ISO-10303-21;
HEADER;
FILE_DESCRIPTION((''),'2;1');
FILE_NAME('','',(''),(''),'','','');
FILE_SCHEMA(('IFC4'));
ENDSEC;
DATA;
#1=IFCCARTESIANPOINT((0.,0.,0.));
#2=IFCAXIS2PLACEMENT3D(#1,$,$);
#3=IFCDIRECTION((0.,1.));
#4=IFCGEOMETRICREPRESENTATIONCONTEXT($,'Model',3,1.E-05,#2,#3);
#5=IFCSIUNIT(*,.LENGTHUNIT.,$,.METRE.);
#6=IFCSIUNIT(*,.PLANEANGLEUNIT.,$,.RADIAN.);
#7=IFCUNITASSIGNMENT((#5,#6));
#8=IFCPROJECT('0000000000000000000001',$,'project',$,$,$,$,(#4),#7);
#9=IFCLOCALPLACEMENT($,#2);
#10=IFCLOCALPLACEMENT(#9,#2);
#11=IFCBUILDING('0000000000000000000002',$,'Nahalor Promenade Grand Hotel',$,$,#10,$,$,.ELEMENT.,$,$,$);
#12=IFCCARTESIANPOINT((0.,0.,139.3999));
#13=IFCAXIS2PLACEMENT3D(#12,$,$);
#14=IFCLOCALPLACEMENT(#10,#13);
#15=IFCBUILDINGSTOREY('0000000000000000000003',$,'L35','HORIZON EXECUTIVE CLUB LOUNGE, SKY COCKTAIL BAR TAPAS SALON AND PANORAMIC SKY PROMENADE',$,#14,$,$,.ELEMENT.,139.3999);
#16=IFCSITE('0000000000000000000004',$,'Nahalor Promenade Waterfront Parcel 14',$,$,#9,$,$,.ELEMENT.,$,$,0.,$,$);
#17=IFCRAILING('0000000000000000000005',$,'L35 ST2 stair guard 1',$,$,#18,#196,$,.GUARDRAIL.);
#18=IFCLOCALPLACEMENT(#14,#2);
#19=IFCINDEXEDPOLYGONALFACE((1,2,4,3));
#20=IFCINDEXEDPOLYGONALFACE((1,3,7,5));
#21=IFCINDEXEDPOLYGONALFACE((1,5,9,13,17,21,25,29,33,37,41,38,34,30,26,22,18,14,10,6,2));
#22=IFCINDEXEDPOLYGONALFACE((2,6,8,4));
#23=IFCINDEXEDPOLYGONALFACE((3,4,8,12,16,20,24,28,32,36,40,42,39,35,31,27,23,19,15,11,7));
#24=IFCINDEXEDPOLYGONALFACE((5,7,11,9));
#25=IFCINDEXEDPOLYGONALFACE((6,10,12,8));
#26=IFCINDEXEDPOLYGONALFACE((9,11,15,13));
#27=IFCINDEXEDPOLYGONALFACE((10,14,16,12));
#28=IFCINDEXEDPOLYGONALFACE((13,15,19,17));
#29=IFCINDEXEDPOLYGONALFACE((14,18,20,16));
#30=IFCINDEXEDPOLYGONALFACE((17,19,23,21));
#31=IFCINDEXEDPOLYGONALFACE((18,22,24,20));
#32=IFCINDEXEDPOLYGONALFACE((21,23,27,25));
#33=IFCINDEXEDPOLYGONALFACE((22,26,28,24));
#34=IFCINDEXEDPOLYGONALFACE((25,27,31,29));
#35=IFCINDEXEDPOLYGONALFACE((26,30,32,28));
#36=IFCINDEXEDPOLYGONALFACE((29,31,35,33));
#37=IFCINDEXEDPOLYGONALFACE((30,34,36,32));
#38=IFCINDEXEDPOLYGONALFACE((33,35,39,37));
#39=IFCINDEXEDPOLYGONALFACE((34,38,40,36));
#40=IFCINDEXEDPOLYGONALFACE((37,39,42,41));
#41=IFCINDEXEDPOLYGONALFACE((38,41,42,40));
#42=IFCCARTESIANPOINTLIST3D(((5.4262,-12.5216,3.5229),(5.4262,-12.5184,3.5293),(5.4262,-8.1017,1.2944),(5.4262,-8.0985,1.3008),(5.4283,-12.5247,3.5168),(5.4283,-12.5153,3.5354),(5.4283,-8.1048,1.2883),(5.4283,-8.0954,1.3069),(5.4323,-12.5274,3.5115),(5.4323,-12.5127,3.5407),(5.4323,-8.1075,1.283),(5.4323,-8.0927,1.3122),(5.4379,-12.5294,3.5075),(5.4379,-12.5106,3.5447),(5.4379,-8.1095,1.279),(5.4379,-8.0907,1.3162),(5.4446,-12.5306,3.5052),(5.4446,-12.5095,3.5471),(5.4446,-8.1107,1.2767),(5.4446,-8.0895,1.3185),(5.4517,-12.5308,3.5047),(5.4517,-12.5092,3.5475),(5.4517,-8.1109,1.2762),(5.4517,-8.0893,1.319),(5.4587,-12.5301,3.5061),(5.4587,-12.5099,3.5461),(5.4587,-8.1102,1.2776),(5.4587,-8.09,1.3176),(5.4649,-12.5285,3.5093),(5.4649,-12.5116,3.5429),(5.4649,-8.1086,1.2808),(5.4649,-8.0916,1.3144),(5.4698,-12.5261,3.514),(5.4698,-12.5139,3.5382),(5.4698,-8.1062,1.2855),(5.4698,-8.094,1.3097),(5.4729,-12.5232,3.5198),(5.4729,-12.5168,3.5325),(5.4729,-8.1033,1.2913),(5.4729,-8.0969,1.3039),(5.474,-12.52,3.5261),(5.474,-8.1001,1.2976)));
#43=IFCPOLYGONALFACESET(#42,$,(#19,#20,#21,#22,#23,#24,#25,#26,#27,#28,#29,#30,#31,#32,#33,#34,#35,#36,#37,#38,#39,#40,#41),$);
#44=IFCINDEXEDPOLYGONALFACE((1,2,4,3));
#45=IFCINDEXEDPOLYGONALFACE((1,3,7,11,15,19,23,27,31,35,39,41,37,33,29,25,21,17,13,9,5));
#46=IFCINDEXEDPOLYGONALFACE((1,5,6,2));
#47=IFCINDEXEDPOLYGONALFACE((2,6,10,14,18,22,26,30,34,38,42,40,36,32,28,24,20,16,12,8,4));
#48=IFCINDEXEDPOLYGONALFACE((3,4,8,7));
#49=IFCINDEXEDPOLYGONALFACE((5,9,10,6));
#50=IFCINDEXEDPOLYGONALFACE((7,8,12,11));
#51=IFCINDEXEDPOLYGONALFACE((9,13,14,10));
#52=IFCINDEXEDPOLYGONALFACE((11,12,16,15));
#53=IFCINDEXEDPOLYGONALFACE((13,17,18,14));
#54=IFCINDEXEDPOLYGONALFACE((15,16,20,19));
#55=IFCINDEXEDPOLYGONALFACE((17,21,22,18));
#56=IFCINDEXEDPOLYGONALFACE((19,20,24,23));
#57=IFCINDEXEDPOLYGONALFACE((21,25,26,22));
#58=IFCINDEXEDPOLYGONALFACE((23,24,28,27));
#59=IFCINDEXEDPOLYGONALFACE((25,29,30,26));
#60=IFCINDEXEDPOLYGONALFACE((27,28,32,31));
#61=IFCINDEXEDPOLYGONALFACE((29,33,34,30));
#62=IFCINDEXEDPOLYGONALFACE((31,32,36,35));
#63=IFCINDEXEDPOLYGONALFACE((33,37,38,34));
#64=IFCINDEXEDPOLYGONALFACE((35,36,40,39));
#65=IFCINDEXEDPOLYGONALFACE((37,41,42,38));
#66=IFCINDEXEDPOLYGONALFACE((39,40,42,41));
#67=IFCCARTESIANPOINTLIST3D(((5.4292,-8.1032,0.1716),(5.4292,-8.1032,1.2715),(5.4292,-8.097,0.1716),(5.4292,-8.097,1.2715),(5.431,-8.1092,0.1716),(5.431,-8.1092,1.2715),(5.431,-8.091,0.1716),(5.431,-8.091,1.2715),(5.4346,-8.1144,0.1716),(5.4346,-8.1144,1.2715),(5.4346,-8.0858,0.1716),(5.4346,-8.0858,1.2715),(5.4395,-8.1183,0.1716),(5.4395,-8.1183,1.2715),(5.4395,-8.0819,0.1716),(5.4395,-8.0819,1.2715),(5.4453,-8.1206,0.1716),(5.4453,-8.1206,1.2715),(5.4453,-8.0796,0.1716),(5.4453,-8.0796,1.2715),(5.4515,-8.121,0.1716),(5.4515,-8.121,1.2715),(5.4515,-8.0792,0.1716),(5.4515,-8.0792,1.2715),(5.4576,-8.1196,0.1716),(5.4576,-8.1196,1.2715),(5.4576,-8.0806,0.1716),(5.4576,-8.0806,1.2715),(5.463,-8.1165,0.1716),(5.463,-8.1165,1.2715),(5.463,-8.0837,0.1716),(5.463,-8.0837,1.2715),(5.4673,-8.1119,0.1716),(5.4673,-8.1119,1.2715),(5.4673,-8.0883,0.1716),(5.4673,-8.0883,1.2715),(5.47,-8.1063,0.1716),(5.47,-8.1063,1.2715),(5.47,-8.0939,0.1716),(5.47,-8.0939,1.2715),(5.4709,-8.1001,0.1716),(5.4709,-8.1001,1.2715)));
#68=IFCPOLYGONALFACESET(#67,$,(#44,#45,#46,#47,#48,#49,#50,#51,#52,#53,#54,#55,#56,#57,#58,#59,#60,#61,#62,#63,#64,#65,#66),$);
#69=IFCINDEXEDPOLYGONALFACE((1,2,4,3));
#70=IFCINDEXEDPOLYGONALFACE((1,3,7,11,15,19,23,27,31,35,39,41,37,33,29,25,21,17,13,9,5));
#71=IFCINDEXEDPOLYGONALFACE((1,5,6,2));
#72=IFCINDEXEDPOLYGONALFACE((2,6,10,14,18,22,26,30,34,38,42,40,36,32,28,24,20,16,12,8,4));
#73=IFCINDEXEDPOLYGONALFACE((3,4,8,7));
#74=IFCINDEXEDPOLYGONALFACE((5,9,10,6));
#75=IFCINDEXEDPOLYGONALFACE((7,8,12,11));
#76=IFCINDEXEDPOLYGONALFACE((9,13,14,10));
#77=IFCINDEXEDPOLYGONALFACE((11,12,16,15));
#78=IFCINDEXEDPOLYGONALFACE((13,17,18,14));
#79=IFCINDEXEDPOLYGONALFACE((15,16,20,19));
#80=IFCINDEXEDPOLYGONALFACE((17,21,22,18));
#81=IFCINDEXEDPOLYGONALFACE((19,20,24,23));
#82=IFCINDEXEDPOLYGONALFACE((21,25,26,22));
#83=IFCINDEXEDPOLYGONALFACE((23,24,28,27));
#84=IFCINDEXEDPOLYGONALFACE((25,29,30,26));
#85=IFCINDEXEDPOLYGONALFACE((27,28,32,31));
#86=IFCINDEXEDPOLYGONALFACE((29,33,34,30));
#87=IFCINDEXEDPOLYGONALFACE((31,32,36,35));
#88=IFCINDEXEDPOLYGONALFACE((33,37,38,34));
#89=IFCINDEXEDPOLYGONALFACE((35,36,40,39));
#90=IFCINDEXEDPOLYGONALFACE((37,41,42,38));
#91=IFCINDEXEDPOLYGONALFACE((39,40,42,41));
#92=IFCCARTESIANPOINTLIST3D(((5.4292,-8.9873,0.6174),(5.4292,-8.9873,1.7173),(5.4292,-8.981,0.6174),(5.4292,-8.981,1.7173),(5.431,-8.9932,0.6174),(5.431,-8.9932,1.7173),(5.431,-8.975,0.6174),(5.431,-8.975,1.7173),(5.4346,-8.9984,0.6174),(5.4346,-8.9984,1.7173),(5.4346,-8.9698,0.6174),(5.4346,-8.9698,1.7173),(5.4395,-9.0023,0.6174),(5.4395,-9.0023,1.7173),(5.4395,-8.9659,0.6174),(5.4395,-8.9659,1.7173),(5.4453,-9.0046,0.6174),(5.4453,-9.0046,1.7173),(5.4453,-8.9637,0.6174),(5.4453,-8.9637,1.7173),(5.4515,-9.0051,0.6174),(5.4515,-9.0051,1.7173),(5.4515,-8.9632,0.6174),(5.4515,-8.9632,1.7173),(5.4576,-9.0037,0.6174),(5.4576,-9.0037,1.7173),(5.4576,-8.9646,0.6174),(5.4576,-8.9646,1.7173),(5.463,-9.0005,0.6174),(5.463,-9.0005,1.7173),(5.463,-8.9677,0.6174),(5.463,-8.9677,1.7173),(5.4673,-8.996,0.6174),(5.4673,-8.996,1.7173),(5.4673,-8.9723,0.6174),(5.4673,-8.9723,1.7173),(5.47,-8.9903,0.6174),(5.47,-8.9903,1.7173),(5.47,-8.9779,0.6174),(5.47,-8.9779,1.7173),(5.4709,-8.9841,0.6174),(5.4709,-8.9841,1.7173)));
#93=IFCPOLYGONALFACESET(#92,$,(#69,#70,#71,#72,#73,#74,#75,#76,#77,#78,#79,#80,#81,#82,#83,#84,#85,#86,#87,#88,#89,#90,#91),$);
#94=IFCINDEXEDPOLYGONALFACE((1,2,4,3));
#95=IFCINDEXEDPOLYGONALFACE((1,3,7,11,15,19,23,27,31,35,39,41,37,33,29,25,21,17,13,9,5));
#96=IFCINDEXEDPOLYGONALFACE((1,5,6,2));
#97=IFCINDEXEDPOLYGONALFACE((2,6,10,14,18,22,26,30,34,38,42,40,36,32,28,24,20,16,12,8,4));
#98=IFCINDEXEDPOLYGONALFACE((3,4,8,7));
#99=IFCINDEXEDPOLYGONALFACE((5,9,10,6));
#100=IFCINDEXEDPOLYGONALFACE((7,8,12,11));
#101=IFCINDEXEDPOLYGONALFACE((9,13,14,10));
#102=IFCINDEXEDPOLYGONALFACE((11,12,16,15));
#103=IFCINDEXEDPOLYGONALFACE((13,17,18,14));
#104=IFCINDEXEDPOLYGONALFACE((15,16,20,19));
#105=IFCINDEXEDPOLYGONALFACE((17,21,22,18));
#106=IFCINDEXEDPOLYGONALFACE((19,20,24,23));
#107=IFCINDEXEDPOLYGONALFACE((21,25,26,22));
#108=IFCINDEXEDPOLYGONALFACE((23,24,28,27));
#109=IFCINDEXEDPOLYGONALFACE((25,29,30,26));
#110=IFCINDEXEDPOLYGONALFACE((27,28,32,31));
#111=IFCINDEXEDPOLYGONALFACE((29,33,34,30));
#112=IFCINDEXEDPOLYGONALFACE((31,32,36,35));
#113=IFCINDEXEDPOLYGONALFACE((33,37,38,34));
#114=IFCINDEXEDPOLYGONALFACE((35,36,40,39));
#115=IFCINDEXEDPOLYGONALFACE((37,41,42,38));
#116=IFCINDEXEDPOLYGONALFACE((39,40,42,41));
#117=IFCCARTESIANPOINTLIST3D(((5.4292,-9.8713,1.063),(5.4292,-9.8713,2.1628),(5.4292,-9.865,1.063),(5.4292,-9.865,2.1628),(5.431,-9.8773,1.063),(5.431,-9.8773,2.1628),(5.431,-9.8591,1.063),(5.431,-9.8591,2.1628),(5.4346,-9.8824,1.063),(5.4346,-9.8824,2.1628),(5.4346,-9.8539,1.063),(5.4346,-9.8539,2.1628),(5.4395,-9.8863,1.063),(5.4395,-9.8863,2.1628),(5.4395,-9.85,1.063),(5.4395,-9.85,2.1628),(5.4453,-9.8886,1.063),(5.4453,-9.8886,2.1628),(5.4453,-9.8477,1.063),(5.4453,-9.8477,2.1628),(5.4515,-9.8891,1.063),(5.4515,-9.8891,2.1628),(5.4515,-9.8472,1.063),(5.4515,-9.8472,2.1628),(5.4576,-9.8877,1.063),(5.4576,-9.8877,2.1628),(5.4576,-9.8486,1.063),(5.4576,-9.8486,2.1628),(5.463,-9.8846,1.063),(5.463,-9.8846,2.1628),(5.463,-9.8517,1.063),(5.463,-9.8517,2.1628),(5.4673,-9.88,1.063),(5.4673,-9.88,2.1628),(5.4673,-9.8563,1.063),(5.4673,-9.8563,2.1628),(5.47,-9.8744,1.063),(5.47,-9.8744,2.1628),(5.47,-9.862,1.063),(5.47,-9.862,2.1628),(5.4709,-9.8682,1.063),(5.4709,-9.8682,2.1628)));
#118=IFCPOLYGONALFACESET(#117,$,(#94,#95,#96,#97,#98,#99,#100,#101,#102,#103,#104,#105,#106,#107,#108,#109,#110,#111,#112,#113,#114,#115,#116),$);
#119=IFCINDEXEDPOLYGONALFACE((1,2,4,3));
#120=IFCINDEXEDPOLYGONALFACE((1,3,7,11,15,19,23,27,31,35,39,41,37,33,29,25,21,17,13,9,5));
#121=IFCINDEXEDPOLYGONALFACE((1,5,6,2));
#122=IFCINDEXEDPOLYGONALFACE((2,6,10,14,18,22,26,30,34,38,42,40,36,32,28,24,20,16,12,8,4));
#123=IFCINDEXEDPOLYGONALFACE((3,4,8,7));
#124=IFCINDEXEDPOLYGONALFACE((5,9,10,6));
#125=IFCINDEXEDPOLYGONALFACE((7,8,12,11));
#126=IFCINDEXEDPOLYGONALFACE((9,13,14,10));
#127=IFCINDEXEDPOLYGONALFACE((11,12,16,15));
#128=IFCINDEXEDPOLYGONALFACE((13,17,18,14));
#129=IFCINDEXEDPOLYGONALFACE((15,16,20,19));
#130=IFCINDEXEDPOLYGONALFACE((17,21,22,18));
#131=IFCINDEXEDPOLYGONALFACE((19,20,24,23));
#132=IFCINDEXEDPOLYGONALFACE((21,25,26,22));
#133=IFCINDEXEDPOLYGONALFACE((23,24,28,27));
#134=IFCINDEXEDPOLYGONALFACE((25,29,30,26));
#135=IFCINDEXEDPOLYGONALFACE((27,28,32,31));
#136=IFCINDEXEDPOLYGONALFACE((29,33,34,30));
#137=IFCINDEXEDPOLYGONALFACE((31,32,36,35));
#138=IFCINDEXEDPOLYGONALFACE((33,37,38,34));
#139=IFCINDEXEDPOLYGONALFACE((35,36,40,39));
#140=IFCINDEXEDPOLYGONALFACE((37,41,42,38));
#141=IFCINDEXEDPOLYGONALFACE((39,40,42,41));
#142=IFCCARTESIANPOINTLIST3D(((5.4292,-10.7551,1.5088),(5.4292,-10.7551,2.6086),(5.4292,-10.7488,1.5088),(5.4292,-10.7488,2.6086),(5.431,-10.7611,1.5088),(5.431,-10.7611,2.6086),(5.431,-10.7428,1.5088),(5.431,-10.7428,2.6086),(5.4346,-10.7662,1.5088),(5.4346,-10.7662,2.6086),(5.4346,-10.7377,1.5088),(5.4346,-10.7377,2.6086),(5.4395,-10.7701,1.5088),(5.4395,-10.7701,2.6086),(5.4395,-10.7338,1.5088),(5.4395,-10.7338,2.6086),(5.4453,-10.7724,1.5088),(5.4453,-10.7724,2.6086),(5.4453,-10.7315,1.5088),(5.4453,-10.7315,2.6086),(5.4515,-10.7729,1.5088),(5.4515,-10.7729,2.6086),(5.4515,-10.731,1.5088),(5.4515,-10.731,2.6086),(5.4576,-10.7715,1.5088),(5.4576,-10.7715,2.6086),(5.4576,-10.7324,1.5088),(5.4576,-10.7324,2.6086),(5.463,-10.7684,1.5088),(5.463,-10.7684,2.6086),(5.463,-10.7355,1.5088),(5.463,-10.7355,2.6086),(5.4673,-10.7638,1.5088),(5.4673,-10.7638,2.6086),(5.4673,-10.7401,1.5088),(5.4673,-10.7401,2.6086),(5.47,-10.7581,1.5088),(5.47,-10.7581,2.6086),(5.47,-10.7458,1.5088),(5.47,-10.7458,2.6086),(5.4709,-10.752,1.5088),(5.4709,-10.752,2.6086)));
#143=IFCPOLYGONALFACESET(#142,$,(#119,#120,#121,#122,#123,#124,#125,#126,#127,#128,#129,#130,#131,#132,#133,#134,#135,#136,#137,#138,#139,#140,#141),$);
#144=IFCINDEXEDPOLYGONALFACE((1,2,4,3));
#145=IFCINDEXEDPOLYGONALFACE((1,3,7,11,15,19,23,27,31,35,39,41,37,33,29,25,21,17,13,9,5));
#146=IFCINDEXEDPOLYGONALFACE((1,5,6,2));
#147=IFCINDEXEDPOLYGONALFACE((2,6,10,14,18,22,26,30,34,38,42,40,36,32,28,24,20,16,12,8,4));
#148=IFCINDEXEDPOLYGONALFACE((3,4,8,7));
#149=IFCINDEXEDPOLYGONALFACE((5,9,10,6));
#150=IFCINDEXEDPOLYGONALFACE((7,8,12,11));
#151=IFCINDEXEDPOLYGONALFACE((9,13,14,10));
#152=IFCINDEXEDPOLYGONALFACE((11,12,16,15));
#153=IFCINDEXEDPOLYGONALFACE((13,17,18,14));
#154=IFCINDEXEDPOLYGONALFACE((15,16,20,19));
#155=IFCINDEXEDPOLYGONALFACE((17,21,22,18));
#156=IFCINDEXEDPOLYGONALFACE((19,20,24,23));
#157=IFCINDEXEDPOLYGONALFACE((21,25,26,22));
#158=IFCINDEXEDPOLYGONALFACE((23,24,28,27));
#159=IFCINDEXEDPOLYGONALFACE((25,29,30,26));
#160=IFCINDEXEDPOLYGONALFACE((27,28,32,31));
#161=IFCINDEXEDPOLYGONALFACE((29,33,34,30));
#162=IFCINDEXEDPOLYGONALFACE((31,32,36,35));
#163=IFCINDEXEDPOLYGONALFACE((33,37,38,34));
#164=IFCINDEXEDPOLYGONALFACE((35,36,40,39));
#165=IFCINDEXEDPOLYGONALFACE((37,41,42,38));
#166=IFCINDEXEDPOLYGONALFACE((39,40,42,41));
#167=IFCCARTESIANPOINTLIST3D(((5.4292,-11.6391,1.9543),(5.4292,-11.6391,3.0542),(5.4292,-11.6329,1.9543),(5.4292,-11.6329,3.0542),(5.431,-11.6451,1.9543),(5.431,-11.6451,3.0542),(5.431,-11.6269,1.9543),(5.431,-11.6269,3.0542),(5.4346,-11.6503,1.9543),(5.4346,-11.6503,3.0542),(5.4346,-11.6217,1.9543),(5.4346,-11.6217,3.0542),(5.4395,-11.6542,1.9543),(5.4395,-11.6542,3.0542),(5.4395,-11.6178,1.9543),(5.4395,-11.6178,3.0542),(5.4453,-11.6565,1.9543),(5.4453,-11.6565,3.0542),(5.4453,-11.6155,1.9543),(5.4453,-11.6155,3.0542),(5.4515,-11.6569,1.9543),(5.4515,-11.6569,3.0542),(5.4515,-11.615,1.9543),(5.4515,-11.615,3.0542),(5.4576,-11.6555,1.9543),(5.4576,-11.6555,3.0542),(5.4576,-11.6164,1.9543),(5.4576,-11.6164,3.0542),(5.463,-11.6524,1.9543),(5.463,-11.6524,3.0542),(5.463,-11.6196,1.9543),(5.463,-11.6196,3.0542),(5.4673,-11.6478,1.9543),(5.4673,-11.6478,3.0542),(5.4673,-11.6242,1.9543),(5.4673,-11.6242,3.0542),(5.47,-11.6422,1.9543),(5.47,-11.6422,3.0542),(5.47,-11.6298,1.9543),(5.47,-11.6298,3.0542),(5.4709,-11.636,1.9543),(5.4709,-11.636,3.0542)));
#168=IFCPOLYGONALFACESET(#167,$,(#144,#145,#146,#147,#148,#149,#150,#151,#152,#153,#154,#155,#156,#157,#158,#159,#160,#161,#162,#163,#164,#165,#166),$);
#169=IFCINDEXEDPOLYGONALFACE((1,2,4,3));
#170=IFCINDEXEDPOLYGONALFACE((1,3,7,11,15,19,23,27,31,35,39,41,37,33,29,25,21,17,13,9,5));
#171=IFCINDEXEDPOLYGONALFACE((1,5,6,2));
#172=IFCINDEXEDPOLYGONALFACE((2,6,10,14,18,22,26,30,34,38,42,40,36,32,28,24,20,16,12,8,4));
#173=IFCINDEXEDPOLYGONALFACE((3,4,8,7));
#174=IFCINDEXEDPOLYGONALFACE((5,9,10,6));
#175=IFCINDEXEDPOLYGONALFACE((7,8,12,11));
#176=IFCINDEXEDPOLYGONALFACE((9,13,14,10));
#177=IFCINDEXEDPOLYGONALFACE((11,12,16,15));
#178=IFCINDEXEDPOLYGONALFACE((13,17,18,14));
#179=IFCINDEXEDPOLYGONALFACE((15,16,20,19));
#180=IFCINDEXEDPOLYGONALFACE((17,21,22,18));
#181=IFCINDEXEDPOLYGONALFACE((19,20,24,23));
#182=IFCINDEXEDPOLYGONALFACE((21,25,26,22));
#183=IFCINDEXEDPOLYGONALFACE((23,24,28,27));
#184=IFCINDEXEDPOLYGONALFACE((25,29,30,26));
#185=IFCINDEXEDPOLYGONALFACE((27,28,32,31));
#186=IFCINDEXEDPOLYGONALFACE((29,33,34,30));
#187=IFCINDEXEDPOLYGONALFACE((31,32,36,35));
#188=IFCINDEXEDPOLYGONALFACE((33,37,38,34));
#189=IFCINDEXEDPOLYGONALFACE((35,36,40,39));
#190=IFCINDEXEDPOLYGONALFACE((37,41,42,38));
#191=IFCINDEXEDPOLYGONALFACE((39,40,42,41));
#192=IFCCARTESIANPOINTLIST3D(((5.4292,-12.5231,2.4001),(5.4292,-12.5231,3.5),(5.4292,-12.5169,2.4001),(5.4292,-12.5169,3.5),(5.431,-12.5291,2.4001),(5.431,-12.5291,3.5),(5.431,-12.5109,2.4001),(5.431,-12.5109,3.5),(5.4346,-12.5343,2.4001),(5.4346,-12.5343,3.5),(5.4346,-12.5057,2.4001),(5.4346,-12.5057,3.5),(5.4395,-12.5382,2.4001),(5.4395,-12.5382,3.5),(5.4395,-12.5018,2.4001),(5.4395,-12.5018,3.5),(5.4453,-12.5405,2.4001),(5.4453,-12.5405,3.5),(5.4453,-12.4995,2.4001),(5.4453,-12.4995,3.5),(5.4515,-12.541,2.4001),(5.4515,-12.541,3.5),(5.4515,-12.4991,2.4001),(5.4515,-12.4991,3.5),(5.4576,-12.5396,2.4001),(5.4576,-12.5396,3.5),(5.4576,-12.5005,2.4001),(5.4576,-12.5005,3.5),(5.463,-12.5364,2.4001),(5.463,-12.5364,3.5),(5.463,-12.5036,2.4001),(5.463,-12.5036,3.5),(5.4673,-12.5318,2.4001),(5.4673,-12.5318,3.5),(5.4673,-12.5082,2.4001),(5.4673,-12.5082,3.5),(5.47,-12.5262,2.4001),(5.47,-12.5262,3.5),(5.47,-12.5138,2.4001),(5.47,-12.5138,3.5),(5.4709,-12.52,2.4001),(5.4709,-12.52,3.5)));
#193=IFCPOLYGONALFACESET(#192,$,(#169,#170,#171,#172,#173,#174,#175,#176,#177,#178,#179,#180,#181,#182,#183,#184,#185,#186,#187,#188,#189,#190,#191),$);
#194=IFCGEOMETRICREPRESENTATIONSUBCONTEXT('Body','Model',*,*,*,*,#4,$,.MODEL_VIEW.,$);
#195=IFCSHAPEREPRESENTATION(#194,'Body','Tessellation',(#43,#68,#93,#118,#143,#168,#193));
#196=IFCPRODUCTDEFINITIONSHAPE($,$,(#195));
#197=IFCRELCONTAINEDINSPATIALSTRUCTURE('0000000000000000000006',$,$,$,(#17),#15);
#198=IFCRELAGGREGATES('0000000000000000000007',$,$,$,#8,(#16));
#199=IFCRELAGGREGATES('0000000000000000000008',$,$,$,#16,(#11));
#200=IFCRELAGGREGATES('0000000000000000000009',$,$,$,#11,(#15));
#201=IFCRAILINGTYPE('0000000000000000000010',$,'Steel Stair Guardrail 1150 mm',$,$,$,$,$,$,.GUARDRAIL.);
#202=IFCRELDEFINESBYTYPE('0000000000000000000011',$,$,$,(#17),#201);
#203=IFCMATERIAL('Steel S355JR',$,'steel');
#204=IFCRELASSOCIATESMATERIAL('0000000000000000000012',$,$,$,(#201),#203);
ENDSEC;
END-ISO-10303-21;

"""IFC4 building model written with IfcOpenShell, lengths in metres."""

from ifc_helpers import new_model, si_unit, direction, frame, origin, origin_2d, place, context, subcontext, project, spatial, circle, extrude, material, type_object, element, save


model = new_model("IFC4")

# Units and contexts
model_context = context("Model", 3, precision=1e-05, world=origin(), true_north=direction((0.0, 1.0)))
body_context = subcontext(model_context, "Body", "Model", "MODEL_VIEW")
ifc_project = project(units=[si_unit("LENGTHUNIT", "METRE"), si_unit("PLANEANGLEUNIT", "RADIAN")], contexts=[model_context])

# Site, building, storey
site_placement = place(None, origin())
site = spatial("IfcSite", under=ifc_project, at=site_placement, Name="Nahalor Promenade Waterfront Parcel 14", CompositionType="ELEMENT", RefElevation=0.0)
building_placement = place(site_placement, origin())
building = spatial("IfcBuilding", under=site, at=building_placement, Name="Nahalor Promenade Grand Hotel", CompositionType="ELEMENT")
storey_placement = place(building_placement, frame((0.0, 0.0, 139.3999)))
storey = spatial("IfcBuildingStorey", under=building, at=storey_placement, Name="L35", Description="HORIZON EXECUTIVE CLUB LOUNGE, SKY COCKTAIL BAR TAPAS SALON AND PANORAMIC SKY PROMENADE", CompositionType="ELEMENT", Elevation=139.3999)

# Shared definitions
ifc_material_1 = material(Name="Steel S355JR", Category="steel")

# Railing
railing_type_1 = type_object("IfcRailingType", Name="Steel Stair Guardrail 1150 mm", PredefinedType="GUARDRAIL", material=ifc_material_1)
railing_1_placement = place(storey_placement, frame((5.45, -8.1001, 0.1716)))
element("IfcRailing", 1, at=railing_1_placement, inside=storey, type_object=railing_type_1, Name="L35 ST2 stair guard 1", PredefinedType="GUARDRAIL", context=body_context, shape_type="SweptSolid", body=[
    extrude(circle(Radius=0.024, at=origin_2d()), frame((0.0, 0.0, 1.126), z_axis=(0.0, -0.892923, 0.45021), x_axis=(1.0, 0.0, 0.0)), (0.0, 0.0, 1.0), 4.95),
    extrude(circle(Radius=0.021, at=origin_2d()), origin(), (0.0, 0.0, 1.0), 1.0999),
    extrude(circle(Radius=0.021, at=origin_2d()), frame((0.0, -0.884, 0.4458)), (0.0, 0.0, 1.0), 1.0999),
    extrude(circle(Radius=0.021, at=origin_2d()), frame((0.0, -1.7681, 0.8914)), (0.0, 0.0, 1.0), 1.0999),
    extrude(circle(Radius=0.021, at=origin_2d()), frame((0.0, -2.6519, 1.3372)), (0.0, 0.0, 1.0), 1.0999),
    extrude(circle(Radius=0.021, at=origin_2d()), frame((0.0, -3.5359, 1.7827)), (0.0, 0.0, 1.0), 1.0999),
    extrude(circle(Radius=0.021, at=origin_2d()), frame((0.0, -4.4199, 2.2285)), (0.0, 0.0, 1.0), 1.0999),
])

save(model, "model.ifc")
